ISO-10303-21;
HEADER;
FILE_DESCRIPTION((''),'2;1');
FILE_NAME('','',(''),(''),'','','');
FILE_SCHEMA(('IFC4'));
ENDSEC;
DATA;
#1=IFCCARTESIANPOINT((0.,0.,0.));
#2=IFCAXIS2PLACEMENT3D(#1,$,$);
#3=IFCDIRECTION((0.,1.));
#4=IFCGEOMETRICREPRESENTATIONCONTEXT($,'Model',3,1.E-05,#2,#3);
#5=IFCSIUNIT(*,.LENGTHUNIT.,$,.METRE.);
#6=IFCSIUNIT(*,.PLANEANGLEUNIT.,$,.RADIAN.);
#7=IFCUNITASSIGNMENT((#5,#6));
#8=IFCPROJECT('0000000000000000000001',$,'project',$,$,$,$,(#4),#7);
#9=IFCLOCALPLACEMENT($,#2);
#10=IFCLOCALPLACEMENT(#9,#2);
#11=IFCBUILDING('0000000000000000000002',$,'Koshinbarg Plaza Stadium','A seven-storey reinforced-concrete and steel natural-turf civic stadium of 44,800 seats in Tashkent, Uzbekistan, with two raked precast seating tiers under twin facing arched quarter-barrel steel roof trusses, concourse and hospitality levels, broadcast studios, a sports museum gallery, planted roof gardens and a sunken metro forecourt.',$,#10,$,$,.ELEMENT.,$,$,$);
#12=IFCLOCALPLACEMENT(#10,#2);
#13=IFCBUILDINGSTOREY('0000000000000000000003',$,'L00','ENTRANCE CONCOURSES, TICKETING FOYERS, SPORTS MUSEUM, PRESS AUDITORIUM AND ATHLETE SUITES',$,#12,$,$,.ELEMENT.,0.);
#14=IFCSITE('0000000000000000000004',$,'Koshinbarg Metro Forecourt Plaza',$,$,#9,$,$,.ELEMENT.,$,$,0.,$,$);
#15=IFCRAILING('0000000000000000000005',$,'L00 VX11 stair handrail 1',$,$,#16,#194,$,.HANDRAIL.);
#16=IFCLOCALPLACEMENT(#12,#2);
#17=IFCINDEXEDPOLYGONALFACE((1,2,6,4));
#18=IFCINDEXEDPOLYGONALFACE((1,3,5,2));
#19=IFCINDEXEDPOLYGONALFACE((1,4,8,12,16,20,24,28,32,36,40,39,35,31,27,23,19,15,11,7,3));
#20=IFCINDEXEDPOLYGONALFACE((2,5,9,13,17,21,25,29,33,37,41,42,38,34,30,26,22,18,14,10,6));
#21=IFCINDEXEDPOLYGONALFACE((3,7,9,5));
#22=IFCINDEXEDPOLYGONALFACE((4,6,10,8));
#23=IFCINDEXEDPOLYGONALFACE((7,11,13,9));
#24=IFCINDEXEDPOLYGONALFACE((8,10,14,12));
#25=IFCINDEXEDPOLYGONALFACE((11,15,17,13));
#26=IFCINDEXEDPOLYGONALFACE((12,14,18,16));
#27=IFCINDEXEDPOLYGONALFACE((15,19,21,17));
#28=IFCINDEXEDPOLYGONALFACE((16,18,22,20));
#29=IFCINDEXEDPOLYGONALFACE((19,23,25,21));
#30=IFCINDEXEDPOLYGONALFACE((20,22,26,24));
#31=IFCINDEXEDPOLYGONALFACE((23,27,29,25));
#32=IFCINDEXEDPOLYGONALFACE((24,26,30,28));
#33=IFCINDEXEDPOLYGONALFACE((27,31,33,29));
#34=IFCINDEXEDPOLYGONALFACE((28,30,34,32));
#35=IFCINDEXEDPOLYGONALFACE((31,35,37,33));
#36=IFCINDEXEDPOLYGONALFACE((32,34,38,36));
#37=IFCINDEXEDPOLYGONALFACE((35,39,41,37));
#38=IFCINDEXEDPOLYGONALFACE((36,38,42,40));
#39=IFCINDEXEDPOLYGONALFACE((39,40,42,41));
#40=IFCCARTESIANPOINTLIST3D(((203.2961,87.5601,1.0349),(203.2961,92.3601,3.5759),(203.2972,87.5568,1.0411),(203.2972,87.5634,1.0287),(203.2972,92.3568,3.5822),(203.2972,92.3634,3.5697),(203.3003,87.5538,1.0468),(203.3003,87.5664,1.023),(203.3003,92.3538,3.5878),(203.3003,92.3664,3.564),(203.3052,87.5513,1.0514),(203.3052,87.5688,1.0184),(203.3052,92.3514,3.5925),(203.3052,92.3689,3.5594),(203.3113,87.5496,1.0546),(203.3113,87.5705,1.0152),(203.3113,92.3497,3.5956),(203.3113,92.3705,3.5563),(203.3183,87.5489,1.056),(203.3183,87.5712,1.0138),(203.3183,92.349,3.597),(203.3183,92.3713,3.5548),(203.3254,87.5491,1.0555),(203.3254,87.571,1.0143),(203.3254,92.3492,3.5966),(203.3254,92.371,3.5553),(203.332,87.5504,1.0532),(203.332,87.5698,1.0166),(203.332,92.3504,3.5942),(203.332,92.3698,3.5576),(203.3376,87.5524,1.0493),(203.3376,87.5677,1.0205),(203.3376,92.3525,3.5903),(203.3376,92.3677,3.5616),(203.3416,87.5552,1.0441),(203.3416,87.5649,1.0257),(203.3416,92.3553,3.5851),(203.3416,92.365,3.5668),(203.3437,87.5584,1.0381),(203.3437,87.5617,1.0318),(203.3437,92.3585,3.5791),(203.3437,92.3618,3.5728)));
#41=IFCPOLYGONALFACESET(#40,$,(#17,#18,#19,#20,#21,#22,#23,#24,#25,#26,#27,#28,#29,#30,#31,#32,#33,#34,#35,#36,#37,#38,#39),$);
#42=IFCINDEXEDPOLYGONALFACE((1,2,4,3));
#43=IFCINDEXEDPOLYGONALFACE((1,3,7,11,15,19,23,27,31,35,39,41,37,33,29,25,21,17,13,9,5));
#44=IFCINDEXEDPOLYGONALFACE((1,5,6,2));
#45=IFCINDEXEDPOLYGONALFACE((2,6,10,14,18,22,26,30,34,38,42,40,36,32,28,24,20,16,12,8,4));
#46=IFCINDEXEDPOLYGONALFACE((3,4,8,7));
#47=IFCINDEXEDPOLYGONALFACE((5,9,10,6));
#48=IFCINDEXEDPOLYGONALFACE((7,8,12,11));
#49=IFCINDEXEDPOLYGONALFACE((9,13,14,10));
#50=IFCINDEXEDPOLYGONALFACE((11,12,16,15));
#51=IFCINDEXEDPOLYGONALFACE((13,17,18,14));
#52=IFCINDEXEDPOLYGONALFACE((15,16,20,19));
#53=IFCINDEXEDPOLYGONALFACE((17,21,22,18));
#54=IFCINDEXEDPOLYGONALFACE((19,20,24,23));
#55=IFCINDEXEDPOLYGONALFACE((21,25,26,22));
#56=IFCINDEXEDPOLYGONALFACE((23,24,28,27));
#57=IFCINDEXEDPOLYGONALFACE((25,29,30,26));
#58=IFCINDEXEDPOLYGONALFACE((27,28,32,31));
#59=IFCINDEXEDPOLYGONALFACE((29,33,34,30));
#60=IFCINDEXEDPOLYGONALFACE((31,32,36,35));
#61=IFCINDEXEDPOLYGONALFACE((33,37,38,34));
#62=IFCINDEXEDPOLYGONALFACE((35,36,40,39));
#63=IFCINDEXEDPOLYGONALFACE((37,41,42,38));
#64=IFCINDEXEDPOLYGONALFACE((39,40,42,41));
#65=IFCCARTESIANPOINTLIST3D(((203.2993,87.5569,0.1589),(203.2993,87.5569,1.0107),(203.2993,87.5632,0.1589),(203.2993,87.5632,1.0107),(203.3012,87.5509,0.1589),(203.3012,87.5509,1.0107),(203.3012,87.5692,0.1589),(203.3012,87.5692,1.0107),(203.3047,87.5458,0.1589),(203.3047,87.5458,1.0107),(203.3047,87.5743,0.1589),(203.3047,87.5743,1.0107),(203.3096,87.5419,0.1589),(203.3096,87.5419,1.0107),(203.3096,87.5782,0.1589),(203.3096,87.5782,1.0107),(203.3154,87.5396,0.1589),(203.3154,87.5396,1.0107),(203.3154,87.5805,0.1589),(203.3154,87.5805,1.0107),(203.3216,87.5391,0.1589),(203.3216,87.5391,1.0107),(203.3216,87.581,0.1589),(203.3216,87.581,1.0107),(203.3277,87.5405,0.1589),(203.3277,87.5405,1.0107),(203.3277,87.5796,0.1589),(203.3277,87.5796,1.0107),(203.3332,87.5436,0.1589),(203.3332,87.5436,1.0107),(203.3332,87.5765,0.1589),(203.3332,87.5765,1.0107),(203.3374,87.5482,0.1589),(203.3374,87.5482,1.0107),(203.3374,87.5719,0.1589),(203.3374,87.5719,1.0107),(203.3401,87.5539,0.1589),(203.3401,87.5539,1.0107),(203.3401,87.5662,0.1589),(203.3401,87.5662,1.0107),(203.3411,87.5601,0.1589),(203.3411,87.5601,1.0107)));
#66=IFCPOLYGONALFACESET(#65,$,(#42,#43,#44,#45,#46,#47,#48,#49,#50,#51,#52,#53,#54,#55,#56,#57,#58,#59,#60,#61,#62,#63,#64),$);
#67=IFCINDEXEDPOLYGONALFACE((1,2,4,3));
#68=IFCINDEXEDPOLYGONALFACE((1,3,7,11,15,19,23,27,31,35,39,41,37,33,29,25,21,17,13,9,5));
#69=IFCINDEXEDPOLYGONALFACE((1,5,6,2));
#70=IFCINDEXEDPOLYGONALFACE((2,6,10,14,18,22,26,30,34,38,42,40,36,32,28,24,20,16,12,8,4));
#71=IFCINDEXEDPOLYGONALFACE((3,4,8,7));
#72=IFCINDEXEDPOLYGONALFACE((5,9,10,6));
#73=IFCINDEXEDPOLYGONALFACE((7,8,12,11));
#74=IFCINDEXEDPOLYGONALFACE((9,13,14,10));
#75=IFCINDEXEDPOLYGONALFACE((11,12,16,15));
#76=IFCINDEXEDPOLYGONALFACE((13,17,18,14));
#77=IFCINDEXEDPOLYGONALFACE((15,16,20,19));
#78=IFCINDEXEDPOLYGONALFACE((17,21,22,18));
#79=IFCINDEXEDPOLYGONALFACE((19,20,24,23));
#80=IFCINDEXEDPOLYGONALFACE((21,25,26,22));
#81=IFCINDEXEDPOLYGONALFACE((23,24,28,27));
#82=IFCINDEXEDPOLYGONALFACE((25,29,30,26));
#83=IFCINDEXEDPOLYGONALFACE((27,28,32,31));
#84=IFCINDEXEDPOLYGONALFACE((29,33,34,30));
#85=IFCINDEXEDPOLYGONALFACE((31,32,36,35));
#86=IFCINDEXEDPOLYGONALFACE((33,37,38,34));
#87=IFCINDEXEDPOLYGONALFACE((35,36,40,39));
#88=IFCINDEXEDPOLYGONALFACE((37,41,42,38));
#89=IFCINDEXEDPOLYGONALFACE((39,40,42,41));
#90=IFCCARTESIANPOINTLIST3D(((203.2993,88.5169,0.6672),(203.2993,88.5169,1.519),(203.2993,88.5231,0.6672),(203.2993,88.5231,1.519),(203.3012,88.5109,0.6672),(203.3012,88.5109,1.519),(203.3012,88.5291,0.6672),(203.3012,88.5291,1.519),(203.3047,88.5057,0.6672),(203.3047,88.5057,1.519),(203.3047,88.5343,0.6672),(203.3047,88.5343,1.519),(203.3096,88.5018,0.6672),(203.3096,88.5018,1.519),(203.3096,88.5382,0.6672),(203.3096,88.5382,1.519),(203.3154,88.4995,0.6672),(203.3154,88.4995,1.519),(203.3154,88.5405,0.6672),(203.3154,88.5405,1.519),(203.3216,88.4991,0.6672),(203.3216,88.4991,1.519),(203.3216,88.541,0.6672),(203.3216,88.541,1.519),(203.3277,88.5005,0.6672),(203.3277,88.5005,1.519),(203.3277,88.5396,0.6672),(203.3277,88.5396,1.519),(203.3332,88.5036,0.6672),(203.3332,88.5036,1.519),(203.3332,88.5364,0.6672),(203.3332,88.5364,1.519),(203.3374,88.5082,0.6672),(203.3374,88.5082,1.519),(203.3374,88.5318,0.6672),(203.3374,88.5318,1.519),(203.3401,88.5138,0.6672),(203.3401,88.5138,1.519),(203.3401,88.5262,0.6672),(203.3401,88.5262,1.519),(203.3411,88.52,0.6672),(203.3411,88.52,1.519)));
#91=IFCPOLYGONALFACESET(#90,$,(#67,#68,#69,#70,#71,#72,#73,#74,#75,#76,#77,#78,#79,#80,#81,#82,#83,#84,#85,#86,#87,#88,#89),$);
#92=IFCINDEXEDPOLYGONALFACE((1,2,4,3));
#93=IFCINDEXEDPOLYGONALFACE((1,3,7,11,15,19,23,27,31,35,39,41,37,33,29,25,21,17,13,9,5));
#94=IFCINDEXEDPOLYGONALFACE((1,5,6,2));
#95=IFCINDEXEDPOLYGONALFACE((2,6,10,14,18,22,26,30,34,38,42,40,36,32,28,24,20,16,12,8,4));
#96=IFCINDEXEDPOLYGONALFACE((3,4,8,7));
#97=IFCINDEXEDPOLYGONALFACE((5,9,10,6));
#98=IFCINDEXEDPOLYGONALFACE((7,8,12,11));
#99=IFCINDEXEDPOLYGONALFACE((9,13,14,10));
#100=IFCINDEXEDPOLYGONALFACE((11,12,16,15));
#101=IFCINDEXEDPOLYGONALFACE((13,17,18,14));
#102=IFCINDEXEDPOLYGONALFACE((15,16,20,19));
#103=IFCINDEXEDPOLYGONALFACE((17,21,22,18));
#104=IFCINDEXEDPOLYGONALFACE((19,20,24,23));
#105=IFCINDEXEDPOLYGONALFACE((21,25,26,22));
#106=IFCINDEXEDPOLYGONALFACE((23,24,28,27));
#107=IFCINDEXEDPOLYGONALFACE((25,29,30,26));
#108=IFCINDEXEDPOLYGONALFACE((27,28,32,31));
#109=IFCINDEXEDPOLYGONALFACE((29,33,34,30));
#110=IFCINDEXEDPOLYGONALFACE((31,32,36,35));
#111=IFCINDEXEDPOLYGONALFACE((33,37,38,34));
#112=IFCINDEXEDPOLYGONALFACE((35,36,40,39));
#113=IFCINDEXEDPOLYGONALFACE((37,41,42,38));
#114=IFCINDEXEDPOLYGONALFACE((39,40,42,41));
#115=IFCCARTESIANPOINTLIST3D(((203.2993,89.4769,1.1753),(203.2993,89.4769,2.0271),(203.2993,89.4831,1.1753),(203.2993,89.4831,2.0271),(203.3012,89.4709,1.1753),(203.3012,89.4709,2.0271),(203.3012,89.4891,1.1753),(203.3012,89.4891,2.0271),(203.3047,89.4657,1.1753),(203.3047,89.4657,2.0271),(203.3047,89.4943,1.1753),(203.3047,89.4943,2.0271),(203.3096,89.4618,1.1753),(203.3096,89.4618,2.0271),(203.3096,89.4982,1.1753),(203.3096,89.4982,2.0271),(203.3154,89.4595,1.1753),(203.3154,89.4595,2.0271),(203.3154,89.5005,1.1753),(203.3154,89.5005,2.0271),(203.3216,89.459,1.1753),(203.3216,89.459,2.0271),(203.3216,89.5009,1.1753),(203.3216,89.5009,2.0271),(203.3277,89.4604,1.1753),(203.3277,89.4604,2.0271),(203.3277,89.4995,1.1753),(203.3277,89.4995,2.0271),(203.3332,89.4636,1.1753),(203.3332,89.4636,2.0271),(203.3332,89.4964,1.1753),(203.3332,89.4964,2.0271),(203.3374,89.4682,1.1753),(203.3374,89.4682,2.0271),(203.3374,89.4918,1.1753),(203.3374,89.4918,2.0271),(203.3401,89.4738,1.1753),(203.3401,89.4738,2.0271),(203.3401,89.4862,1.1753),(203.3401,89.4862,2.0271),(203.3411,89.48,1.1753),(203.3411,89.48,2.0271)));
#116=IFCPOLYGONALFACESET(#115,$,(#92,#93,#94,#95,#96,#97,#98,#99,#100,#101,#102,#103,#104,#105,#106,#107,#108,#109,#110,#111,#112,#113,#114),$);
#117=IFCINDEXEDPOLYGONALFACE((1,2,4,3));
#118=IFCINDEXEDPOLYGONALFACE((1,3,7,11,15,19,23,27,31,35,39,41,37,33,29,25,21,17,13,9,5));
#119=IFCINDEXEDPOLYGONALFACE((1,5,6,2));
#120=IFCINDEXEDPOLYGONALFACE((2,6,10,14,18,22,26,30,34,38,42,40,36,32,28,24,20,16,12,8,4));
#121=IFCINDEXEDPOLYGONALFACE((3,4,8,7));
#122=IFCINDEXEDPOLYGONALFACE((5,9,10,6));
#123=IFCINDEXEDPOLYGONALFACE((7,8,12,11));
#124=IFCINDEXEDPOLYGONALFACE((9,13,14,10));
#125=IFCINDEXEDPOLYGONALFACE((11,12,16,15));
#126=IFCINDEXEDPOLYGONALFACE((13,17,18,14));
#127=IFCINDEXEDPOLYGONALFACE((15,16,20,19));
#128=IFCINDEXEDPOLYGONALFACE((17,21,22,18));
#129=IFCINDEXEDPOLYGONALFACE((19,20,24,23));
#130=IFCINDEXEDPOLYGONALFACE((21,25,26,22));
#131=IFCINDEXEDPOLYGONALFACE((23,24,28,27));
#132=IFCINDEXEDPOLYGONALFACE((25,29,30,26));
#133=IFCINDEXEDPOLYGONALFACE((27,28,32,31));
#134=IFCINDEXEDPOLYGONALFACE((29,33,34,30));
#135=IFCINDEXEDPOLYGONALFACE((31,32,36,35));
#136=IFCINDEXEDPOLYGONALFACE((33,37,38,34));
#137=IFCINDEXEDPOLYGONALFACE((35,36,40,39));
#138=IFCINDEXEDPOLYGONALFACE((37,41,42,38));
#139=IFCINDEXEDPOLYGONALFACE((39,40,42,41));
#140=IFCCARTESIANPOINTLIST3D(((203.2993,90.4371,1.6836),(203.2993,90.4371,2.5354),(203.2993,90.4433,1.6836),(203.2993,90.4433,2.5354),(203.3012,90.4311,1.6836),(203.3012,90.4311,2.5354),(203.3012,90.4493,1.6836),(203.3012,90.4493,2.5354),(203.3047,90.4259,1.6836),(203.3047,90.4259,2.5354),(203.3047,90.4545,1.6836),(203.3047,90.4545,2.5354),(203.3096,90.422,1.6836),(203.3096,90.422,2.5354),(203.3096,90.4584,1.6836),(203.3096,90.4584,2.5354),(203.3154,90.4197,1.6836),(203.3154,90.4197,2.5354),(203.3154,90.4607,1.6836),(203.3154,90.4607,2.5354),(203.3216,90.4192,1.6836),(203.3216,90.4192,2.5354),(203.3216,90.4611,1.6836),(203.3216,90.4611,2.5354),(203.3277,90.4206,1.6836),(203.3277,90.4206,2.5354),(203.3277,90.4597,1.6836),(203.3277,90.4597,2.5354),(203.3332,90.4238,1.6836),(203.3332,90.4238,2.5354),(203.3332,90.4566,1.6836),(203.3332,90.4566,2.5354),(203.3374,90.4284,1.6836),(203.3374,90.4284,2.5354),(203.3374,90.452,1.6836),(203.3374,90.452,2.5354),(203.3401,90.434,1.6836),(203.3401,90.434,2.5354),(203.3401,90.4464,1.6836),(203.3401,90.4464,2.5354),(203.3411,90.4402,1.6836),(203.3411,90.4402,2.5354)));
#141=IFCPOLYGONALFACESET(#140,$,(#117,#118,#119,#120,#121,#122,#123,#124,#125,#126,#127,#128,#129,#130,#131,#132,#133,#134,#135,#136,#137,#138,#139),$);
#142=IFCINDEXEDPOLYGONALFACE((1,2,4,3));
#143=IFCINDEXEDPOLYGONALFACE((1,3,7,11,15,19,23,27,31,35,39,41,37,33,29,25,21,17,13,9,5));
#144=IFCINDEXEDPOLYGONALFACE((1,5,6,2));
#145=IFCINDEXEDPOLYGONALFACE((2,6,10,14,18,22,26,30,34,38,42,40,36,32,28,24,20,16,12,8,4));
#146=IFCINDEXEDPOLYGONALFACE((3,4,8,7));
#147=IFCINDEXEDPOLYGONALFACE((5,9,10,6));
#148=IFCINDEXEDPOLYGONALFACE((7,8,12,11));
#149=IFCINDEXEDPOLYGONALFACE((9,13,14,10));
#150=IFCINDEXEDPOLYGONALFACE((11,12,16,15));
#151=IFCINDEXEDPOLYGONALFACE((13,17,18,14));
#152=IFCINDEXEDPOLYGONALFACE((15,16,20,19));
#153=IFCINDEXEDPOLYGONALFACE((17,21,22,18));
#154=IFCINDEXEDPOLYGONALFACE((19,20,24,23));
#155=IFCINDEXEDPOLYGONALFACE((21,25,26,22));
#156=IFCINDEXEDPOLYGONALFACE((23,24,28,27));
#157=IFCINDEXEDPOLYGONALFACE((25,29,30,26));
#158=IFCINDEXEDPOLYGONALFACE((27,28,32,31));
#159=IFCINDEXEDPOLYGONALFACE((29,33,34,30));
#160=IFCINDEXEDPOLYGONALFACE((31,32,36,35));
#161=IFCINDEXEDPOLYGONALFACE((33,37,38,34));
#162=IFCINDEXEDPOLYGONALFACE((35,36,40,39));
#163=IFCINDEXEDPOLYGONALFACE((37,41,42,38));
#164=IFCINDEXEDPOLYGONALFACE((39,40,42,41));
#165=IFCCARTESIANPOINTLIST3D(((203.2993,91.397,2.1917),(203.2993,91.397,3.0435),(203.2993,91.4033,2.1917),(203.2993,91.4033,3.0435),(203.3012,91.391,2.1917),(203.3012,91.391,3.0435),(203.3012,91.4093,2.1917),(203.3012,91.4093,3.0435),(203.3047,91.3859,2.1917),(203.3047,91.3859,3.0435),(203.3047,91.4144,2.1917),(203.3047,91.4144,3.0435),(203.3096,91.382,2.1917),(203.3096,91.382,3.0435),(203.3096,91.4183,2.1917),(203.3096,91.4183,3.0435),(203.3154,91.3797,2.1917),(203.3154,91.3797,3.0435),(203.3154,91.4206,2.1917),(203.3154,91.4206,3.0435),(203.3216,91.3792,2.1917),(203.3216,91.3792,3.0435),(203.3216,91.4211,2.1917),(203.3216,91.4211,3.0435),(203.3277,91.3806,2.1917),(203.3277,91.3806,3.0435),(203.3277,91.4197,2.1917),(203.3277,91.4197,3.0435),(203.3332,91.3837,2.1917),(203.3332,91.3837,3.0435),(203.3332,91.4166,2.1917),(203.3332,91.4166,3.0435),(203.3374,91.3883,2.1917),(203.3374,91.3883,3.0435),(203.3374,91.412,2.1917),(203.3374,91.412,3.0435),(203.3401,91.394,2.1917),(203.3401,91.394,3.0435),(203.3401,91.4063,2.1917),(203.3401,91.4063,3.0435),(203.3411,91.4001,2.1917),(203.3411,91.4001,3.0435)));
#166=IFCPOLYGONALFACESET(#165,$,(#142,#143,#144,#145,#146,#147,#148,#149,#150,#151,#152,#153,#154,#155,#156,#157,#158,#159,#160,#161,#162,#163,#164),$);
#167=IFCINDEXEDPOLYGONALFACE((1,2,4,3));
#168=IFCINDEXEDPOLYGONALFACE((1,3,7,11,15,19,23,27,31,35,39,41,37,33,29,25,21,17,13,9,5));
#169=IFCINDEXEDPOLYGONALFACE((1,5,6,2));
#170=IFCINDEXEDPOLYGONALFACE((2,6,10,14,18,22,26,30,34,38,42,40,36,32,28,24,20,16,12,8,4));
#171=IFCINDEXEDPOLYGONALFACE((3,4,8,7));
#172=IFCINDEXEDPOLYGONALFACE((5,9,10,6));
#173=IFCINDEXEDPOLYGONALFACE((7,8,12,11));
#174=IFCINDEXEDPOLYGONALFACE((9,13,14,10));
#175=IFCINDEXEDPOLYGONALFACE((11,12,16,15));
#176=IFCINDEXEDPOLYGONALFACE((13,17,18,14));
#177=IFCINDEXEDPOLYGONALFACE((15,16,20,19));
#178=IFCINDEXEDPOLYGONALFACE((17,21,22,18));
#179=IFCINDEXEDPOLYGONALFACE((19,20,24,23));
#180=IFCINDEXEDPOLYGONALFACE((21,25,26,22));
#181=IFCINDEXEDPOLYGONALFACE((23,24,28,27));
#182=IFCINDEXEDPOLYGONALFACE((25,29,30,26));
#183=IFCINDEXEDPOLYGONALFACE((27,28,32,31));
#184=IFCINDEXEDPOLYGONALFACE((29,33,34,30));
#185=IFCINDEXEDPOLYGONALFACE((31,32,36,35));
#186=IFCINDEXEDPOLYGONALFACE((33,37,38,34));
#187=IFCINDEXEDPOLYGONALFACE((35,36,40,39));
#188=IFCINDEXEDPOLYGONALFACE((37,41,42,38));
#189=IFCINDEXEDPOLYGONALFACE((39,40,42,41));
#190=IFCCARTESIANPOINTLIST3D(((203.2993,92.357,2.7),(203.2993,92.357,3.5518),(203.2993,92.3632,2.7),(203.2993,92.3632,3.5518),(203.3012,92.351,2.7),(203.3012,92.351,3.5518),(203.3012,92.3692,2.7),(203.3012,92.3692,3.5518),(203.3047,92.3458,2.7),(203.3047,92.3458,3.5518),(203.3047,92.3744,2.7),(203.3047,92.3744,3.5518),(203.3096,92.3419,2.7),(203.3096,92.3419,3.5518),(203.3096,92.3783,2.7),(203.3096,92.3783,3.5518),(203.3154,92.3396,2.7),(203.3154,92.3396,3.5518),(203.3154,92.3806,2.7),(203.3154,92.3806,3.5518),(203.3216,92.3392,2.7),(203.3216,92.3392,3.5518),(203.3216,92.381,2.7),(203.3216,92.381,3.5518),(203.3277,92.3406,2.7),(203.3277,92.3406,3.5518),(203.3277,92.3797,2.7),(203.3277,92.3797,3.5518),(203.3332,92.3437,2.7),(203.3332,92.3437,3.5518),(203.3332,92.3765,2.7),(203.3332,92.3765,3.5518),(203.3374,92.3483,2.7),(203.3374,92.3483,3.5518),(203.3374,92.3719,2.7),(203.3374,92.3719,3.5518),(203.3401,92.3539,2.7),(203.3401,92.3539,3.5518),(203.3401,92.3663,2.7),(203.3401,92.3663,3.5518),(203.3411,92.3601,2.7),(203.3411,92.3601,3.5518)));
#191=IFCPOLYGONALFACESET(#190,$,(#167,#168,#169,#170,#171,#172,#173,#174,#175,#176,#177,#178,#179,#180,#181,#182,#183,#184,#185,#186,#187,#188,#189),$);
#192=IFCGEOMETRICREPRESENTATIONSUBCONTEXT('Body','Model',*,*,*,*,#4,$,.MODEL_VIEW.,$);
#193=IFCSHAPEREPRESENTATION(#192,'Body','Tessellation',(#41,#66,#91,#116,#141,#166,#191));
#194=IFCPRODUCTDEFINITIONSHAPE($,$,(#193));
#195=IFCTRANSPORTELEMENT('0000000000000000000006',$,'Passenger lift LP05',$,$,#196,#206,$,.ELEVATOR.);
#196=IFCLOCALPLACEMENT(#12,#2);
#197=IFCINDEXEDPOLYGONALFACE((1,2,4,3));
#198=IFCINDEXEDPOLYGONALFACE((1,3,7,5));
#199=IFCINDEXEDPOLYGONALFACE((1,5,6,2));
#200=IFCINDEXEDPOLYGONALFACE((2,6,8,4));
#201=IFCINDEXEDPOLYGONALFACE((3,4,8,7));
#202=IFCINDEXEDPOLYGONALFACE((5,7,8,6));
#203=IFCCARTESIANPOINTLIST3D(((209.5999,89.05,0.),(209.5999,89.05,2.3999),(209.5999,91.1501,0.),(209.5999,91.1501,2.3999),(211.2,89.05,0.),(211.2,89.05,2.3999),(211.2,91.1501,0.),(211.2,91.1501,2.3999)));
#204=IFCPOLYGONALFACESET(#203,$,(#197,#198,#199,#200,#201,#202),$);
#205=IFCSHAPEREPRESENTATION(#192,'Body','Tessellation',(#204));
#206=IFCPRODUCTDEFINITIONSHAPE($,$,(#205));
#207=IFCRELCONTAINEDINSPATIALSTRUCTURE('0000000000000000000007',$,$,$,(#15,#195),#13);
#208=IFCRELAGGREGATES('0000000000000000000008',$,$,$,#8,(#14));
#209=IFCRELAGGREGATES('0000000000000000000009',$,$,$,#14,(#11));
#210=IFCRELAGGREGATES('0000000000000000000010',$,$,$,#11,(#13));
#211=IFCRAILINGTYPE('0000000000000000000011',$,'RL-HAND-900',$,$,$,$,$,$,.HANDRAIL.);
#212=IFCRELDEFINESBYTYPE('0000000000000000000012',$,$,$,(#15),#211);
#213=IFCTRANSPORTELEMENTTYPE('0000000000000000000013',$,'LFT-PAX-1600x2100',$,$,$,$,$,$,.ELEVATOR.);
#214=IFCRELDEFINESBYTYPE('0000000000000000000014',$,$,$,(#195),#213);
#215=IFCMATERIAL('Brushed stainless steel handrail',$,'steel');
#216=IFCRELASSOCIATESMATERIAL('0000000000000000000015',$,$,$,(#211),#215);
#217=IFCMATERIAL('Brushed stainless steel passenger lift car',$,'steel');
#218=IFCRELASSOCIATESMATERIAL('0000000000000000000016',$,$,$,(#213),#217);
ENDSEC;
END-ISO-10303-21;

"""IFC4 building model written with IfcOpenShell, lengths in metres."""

from ifc_helpers import new_model, si_unit, direction, frame, origin, origin_2d, place, context, subcontext, project, spatial, rectangle, circle, extrude, material, type_object, element, save


model = new_model("IFC4")

# Units and contexts
model_context = context("Model", 3, precision=1e-05, world=origin(), true_north=direction((0.0, 1.0)))
body_context = subcontext(model_context, "Body", "Model", "MODEL_VIEW")
ifc_project = project(units=[si_unit("LENGTHUNIT", "METRE"), si_unit("PLANEANGLEUNIT", "RADIAN")], contexts=[model_context])

# Site, building, storey
site_placement = place(None, origin())
site = spatial("IfcSite", under=ifc_project, at=site_placement, Name="Koshinbarg Metro Forecourt Plaza", CompositionType="ELEMENT", RefElevation=0.0)
building_placement = place(site_placement, origin())
building = spatial("IfcBuilding", under=site, at=building_placement, Name="Koshinbarg Plaza Stadium", Description="A seven-storey reinforced-concrete and steel natural-turf civic stadium of 44,800 seats in Tashkent, Uzbekistan, with two raked precast seating tiers under twin facing arched quarter-barrel steel roof trusses, concourse and hospitality levels, broadcast studios, a sports museum gallery, planted roof gardens and a sunken metro forecourt.", CompositionType="ELEMENT")
storey_placement = place(building_placement, origin())
storey = spatial("IfcBuildingStorey", under=building, at=storey_placement, Name="L00", Description="ENTRANCE CONCOURSES, TICKETING FOYERS, SPORTS MUSEUM, PRESS AUDITORIUM AND ATHLETE SUITES", CompositionType="ELEMENT", Elevation=0.0)

# Railing
ifc_material_1 = material(Name="Brushed stainless steel handrail", Category="steel")
railing_type_1 = type_object("IfcRailingType", Name="RL-HAND-900", PredefinedType="HANDRAIL", material=ifc_material_1)
for number, where, name in (
    (1, (203.3201, 87.5601, 0.1589), "L00 VX11 stair handrail 1"),
):
    element("IfcRailing", number, at=place(storey_placement, frame(where)), inside=storey, type_object=railing_type_1, Name=name, PredefinedType="HANDRAIL", context=body_context, shape_type="SweptSolid", body=[
        extrude(circle(Radius=0.0239, at=origin_2d()), frame((0.0, 0.0, 0.876), z_axis=(0.0, 0.883802, 0.467861), x_axis=(-1.0, 0.0, 0.0)), (0.0, 0.0, 1.0), 5.4312),
        extrude(circle(Radius=0.021, at=origin_2d()), origin(), (0.0, 0.0, 1.0), 0.8518),
        extrude(circle(Radius=0.021, at=origin_2d()), frame((0.0, 0.96, 0.5083)), (0.0, 0.0, 1.0), 0.8518),
        extrude(circle(Radius=0.021, at=origin_2d()), frame((0.0, 1.9199, 1.0164)), (0.0, 0.0, 1.0), 0.8518),
        extrude(circle(Radius=0.021, at=origin_2d()), frame((0.0, 2.8801, 1.5247)), (0.0, 0.0, 1.0), 0.8518),
        extrude(circle(Radius=0.021, at=origin_2d()), frame((0.0, 3.8401, 2.0327)), (0.0, 0.0, 1.0), 0.8518),
        extrude(circle(Radius=0.021, at=origin_2d()), frame((0.0, 4.8, 2.541)), (0.0, 0.0, 1.0), 0.8518),
    ])

# Transport element
ifc_material_2 = material(Name="Brushed stainless steel passenger lift car", Category="steel")
transport_element_type = type_object("IfcTransportElementType", Name="LFT-PAX-1600x2100", PredefinedType="ELEVATOR", material=ifc_material_2)
transport_element_placement = place(storey_placement, frame((210.3999, 90.1001, 0.0), z_axis=(0.0, 0.0, 1.0), x_axis=(1.0, 0.0, 0.0)))
element("IfcTransportElement", 2, at=transport_element_placement, inside=storey, type_object=transport_element_type, Name="Passenger lift LP05", PredefinedType="ELEVATOR", context=body_context, shape_type="SweptSolid", body=[
    extrude(rectangle(XDim=1.6001, YDim=2.1001, at=origin_2d()), origin(), (0.0, 0.0, 1.0), 2.3999),
])

save(model, "model.ifc")
